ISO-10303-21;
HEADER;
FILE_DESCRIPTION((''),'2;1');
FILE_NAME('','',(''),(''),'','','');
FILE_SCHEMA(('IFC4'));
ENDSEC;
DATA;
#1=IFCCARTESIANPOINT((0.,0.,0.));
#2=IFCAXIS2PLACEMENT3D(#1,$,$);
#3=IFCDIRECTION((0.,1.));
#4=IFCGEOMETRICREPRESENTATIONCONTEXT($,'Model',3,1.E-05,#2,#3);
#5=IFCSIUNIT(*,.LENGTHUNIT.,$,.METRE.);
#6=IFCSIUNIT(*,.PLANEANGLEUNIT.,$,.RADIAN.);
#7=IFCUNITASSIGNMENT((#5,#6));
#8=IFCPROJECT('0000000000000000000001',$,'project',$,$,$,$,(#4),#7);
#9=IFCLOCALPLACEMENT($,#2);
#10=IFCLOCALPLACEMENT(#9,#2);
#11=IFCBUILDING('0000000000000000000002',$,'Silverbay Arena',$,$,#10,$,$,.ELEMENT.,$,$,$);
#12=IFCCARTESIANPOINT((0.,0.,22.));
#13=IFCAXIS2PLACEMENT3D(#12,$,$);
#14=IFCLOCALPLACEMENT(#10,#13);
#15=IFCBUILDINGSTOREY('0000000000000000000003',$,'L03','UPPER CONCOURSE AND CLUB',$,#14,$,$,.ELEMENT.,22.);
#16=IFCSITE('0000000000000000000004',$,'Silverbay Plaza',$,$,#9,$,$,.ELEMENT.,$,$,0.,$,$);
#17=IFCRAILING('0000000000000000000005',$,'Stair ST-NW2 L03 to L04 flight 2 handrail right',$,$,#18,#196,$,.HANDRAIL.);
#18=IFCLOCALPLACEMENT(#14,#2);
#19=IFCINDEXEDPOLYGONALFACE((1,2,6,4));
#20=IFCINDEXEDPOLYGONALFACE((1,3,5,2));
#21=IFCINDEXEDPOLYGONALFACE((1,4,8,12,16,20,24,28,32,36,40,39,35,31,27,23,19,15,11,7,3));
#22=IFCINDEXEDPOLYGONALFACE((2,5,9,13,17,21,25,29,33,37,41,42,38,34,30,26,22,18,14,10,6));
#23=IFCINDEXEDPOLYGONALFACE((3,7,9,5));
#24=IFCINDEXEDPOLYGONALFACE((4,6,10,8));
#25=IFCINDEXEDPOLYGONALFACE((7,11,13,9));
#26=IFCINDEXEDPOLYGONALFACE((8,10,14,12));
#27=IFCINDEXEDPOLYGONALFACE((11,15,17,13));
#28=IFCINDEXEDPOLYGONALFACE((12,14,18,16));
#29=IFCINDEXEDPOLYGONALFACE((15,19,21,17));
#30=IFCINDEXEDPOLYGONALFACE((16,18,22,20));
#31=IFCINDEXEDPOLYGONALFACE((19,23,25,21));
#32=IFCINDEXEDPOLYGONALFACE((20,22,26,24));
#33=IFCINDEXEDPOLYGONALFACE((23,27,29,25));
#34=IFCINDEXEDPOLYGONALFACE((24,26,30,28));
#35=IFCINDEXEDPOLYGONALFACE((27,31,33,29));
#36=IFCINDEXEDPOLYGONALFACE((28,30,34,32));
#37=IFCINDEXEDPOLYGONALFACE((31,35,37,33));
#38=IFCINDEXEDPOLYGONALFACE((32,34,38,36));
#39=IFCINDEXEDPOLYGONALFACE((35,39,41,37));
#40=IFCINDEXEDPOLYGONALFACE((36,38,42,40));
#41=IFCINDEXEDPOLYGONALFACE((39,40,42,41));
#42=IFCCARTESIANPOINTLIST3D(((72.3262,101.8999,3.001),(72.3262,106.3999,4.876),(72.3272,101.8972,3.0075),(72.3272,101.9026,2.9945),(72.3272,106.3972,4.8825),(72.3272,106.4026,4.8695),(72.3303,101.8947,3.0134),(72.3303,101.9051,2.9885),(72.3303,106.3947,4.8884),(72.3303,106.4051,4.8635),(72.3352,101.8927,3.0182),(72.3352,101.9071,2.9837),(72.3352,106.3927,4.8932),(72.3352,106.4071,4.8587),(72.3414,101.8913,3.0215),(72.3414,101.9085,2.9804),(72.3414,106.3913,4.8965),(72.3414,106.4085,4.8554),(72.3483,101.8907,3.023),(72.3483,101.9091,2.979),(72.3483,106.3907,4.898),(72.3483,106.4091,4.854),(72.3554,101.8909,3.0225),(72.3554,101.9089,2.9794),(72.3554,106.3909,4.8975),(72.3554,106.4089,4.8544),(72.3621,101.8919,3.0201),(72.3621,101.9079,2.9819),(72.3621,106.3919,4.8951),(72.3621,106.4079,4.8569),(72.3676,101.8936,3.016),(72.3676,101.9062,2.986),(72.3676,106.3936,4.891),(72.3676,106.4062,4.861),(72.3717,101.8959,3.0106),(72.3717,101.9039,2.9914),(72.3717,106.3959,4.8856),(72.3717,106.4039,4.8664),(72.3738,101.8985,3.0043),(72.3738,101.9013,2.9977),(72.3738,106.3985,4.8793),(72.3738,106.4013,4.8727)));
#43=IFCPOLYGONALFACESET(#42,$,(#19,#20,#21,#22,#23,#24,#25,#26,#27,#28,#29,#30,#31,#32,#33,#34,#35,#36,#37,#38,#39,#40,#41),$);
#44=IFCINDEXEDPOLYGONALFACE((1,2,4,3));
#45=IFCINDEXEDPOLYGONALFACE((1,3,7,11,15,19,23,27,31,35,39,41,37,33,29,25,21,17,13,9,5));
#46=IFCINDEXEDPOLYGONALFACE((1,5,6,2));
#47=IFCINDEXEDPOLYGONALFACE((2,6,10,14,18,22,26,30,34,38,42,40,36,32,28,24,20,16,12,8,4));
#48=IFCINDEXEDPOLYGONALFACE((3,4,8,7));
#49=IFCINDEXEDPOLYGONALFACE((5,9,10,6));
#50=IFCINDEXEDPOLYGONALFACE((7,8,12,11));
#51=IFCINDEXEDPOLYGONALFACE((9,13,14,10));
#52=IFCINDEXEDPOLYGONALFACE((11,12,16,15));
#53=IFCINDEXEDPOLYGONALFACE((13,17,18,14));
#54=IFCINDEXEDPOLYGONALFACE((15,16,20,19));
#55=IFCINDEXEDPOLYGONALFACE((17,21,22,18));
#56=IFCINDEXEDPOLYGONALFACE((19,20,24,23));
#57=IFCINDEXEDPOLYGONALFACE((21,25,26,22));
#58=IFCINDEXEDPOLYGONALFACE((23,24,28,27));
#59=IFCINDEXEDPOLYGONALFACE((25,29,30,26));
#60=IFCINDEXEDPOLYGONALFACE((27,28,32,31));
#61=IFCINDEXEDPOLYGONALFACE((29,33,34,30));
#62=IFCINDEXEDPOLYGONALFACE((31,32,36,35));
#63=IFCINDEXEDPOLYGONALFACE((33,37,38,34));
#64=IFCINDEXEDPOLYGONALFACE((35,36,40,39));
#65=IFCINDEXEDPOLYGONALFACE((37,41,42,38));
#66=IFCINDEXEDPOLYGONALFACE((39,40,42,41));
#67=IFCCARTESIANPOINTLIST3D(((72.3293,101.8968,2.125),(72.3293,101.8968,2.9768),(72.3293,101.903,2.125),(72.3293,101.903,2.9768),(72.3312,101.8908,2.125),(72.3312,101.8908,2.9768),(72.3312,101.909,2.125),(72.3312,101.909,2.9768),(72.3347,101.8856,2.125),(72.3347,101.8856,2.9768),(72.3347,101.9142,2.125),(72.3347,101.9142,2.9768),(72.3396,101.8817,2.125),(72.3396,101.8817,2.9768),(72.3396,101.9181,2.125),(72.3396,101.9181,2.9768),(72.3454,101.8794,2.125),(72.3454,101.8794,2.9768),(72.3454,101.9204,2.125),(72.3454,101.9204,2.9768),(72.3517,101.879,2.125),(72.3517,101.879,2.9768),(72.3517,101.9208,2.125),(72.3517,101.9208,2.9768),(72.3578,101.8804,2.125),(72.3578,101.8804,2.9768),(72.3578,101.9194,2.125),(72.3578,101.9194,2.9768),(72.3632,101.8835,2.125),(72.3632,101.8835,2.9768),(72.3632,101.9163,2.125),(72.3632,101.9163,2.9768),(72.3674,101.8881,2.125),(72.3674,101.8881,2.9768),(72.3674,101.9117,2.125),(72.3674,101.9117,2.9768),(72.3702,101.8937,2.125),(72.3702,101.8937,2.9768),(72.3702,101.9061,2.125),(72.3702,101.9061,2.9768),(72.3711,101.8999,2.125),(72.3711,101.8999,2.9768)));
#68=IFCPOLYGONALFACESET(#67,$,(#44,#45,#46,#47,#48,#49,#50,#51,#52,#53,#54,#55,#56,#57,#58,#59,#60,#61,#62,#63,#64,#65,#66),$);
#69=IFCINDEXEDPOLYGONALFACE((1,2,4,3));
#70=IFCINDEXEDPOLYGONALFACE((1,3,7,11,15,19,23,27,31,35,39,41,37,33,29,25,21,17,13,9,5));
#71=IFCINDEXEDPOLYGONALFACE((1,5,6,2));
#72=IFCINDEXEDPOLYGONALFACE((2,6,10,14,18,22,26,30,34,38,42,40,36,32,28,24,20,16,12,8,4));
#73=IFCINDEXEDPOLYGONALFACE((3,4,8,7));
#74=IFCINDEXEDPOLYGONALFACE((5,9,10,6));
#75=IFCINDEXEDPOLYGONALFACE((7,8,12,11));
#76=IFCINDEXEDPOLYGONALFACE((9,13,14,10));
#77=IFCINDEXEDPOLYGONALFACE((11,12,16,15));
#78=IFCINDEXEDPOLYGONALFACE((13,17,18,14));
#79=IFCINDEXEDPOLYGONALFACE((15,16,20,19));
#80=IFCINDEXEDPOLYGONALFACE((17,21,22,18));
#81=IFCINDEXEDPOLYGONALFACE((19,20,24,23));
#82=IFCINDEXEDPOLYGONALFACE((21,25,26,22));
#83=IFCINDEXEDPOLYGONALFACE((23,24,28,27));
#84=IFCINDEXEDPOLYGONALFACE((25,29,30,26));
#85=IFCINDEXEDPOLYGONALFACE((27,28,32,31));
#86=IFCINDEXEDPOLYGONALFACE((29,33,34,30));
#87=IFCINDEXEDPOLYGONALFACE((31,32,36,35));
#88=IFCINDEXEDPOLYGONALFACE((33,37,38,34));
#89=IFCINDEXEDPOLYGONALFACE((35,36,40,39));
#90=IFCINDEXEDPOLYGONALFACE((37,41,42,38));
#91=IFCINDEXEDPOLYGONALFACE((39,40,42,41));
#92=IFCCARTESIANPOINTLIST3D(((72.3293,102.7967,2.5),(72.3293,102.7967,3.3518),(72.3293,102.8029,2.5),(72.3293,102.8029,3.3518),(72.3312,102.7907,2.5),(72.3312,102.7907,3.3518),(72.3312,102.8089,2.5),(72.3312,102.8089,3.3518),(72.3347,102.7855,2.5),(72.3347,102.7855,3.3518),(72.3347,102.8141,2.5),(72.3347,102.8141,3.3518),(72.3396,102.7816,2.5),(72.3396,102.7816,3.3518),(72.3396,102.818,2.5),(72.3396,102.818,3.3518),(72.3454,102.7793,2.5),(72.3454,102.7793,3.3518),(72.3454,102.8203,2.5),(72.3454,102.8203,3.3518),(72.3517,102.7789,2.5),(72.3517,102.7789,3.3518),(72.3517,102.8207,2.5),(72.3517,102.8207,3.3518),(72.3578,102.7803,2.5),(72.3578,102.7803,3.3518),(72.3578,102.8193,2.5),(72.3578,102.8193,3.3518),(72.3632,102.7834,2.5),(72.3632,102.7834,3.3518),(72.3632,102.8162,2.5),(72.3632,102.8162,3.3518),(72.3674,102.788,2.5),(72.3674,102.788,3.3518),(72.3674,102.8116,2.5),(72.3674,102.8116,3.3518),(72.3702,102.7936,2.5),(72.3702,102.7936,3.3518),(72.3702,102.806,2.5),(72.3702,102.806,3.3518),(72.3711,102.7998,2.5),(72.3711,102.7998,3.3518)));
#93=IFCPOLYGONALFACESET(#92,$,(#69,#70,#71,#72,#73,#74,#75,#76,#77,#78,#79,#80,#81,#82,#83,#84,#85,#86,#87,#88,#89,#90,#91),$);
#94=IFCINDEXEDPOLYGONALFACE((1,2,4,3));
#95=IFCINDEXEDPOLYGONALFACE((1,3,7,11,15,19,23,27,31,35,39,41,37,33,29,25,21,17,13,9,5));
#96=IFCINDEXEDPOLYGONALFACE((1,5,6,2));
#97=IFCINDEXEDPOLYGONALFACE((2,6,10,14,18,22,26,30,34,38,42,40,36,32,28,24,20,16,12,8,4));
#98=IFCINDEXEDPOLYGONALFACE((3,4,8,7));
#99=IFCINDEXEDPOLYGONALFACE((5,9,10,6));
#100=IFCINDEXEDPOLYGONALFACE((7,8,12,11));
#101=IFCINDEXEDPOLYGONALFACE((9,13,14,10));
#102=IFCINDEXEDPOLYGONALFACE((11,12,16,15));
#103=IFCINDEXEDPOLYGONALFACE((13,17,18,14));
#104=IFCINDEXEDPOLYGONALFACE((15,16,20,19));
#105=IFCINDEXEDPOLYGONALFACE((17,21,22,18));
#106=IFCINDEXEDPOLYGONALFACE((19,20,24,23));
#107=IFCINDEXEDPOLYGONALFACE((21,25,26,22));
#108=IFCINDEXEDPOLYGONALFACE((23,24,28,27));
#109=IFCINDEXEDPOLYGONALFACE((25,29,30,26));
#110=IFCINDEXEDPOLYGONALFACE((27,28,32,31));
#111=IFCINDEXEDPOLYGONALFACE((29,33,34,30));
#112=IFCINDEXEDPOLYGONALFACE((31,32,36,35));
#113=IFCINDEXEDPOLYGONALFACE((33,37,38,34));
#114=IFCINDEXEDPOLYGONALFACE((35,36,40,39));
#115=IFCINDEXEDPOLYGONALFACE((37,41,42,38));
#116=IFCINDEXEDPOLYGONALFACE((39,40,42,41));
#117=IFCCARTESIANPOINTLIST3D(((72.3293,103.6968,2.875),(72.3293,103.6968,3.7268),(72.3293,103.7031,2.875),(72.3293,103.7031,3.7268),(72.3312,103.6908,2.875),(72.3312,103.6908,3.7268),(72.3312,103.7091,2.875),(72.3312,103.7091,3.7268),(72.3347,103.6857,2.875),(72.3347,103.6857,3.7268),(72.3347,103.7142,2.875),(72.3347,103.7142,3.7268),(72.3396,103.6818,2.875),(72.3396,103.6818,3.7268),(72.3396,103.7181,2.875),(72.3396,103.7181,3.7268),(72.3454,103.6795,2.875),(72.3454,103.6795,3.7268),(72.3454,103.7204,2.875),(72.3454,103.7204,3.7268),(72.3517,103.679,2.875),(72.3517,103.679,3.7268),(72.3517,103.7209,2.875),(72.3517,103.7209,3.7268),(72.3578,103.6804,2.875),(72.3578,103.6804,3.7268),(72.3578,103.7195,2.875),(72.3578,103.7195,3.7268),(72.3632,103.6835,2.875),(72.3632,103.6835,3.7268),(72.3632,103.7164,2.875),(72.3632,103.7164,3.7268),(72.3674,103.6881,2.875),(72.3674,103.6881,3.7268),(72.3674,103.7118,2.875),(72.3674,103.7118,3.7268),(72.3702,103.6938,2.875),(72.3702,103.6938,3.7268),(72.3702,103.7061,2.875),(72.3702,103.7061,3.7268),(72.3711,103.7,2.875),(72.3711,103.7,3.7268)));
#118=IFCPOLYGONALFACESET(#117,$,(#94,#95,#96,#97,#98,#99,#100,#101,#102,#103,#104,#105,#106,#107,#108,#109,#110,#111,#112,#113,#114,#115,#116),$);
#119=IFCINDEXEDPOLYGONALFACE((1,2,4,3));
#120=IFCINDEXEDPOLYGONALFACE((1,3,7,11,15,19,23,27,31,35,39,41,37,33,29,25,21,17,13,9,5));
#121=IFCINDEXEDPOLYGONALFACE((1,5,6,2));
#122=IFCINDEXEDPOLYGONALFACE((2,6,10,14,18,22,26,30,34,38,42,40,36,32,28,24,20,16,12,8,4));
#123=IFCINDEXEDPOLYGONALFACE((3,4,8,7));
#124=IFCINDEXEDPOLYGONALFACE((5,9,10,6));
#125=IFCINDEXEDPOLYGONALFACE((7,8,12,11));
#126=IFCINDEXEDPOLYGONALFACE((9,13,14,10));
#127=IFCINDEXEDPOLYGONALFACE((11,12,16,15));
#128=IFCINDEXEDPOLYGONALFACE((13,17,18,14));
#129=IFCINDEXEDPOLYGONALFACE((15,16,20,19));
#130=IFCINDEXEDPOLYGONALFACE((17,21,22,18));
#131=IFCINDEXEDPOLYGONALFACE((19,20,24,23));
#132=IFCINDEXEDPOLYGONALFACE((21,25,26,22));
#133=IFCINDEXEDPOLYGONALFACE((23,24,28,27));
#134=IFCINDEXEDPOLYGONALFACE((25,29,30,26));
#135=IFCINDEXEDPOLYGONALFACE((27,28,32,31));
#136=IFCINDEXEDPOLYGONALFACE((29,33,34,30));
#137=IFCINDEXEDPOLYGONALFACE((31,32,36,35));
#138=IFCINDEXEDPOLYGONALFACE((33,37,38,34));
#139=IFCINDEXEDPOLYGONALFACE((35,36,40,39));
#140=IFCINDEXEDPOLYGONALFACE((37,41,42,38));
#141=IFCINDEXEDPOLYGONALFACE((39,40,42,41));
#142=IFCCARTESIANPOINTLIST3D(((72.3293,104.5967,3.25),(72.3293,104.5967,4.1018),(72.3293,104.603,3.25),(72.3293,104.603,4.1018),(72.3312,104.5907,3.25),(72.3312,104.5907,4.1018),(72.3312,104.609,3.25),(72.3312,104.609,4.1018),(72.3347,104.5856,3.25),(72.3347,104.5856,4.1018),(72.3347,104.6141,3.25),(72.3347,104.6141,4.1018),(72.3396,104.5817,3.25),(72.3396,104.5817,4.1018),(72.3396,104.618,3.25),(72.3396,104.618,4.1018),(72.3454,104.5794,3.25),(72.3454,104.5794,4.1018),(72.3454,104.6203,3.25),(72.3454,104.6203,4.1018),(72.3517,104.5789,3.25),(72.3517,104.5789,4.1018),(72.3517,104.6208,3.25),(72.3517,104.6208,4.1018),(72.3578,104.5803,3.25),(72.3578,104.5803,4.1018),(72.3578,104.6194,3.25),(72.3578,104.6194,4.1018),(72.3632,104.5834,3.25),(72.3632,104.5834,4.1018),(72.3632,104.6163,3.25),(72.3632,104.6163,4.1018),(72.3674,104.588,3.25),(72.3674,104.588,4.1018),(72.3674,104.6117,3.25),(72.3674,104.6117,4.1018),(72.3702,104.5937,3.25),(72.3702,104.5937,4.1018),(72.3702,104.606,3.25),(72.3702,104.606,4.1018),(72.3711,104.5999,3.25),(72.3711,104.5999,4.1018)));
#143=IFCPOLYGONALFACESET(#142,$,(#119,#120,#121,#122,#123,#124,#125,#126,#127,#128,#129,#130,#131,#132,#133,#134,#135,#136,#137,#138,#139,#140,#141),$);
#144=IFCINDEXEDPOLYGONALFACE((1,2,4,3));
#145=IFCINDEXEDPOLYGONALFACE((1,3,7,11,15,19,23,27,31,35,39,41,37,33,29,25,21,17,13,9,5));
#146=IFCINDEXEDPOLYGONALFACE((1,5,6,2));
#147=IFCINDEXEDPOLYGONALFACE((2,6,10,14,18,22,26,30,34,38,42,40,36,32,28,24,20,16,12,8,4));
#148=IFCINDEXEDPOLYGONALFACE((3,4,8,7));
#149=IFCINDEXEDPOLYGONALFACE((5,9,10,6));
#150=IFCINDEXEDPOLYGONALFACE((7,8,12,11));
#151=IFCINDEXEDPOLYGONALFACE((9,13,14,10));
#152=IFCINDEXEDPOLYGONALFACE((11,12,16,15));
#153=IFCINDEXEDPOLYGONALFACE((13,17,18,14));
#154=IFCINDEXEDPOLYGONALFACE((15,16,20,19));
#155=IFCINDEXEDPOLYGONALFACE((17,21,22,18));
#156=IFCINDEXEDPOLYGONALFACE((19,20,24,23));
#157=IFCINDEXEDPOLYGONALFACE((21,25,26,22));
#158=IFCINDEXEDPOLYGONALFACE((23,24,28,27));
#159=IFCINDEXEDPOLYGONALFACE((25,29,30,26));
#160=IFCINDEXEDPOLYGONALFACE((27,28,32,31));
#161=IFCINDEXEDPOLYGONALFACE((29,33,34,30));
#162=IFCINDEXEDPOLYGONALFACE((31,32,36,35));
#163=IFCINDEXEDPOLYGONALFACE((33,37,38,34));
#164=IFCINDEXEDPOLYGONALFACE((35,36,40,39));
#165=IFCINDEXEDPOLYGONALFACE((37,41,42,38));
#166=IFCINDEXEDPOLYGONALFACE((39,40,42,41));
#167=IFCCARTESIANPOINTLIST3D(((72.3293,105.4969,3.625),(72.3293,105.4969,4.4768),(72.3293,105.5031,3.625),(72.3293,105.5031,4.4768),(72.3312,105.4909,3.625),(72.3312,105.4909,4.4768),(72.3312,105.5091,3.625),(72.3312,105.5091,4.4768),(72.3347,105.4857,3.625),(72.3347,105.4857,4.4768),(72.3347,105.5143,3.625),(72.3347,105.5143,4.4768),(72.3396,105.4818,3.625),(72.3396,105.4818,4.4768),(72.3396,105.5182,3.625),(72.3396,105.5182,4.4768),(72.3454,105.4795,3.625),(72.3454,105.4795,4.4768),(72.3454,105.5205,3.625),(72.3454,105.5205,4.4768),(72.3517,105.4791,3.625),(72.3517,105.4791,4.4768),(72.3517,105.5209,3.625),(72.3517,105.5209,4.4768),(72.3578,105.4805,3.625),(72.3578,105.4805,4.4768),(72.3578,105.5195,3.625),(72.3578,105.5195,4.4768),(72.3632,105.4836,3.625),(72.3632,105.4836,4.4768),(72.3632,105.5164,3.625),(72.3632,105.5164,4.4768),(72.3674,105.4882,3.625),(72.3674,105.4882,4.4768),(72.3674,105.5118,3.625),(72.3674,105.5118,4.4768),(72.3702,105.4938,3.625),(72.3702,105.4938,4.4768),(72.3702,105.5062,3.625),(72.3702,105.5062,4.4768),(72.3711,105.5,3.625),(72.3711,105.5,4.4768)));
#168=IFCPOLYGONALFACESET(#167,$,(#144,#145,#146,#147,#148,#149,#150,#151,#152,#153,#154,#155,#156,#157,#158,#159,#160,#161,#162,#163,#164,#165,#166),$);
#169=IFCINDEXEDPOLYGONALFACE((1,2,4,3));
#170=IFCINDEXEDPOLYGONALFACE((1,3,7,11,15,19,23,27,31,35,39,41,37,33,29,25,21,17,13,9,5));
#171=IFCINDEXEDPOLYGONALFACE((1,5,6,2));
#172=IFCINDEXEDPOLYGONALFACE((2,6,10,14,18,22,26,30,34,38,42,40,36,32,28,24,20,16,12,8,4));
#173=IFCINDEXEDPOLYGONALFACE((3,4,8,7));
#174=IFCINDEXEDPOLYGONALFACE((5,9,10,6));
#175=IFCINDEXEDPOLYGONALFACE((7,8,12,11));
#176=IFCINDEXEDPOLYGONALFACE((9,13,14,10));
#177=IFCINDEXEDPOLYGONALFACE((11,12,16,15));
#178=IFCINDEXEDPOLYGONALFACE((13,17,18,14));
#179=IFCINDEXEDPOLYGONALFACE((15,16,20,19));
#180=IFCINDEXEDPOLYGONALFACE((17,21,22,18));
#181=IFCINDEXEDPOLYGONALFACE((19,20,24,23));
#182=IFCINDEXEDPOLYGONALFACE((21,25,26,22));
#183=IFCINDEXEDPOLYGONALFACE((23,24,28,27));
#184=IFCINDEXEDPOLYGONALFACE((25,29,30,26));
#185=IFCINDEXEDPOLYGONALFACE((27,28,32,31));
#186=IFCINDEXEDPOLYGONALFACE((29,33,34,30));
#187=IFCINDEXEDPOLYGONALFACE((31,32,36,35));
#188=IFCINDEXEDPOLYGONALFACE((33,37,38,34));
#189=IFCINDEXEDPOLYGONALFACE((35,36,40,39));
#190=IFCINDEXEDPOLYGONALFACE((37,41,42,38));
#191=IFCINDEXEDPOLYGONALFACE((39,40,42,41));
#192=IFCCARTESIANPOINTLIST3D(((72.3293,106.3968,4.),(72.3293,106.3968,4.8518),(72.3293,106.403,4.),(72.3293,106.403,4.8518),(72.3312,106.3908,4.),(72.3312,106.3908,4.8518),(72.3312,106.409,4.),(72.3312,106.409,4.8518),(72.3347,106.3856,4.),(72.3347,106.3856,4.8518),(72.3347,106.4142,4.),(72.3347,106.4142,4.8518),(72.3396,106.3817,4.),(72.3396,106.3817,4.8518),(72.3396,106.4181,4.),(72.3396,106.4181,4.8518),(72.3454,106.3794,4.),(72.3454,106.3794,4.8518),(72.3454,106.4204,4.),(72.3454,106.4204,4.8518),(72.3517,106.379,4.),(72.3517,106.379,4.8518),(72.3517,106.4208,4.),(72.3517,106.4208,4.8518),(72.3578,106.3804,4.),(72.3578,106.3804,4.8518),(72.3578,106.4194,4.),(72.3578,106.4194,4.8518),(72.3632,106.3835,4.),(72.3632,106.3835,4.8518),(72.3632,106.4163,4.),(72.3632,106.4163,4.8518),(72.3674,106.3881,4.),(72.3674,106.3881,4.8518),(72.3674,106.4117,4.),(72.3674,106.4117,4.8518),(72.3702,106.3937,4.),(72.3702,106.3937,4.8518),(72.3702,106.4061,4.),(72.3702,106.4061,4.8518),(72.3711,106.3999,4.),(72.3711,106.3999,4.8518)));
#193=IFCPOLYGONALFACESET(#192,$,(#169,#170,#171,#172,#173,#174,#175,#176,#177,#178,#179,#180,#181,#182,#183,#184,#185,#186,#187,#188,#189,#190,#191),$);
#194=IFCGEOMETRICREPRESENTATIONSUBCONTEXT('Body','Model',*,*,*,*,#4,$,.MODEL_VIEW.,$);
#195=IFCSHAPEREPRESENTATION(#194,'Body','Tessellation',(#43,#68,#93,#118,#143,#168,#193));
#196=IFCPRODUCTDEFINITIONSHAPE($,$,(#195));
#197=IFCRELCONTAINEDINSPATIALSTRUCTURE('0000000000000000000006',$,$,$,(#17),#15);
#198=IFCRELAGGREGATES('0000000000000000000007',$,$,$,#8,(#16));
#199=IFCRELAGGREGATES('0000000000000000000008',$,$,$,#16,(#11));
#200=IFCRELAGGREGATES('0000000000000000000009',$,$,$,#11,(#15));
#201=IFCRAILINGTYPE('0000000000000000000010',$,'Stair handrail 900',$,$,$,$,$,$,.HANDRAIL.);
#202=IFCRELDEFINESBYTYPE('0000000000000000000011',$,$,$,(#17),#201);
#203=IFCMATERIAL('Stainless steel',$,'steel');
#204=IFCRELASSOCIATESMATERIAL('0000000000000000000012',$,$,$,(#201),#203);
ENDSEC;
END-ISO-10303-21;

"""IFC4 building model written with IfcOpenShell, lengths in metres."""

from ifc_helpers import new_model, si_unit, direction, frame, origin, origin_2d, place, context, subcontext, project, spatial, circle, extrude, material, type_object, element, save


model = new_model("IFC4")

# Units and contexts
model_context = context("Model", 3, precision=1e-05, world=origin(), true_north=direction((0.0, 1.0)))
body_context = subcontext(model_context, "Body", "Model", "MODEL_VIEW")
ifc_project = project(units=[si_unit("LENGTHUNIT", "METRE"), si_unit("PLANEANGLEUNIT", "RADIAN")], contexts=[model_context])

# Site, building, storey
site_placement = place(None, origin())
site = spatial("IfcSite", under=ifc_project, at=site_placement, Name="Silverbay Plaza", CompositionType="ELEMENT", RefElevation=0.0)
building_placement = place(site_placement, origin())
building = spatial("IfcBuilding", under=site, at=building_placement, Name="Silverbay Arena", CompositionType="ELEMENT")
storey_placement = place(building_placement, frame((0.0, 0.0, 22.0)))
storey = spatial("IfcBuildingStorey", under=building, at=storey_placement, Name="L03", Description="UPPER CONCOURSE AND CLUB", CompositionType="ELEMENT", Elevation=22.0)

# Railing
ifc_material_1 = material(Name="Stainless steel", Category="steel")
railing_type_1 = type_object("IfcRailingType", Name="Stair handrail 900", PredefinedType="HANDRAIL", material=ifc_material_1)
for number, where, name in (
    (1, (72.3501, 101.8999, 2.125), "Stair ST-NW2 L03 to L04 flight 2 handrail right"),
):
    element("IfcRailing", number, at=place(storey_placement, frame(where)), inside=storey, type_object=railing_type_1, Name=name, PredefinedType="HANDRAIL", context=body_context, shape_type="SweptSolid", body=[
        extrude(circle(Radius=0.0239, at=origin_2d()), frame((0.0, 0.0, 0.876), z_axis=(0.0, 0.923077, 0.384615), x_axis=(-1.0, 0.0, 0.0)), (0.0, 0.0, 1.0), 4.875),
        extrude(circle(Radius=0.021, at=origin_2d()), origin(), (0.0, 0.0, 1.0), 0.8518),
        extrude(circle(Radius=0.021, at=origin_2d()), frame((0.0, 0.8999, 0.375)), (0.0, 0.0, 1.0), 0.8518),
        extrude(circle(Radius=0.021, at=origin_2d()), frame((0.0, 1.8, 0.75)), (0.0, 0.0, 1.0), 0.8518),
        extrude(circle(Radius=0.021, at=origin_2d()), frame((0.0, 2.7, 1.125)), (0.0, 0.0, 1.0), 0.8518),
        extrude(circle(Radius=0.021, at=origin_2d()), frame((0.0, 3.6001, 1.5)), (0.0, 0.0, 1.0), 0.8518),
        extrude(circle(Radius=0.021, at=origin_2d()), frame((0.0, 4.5, 1.875)), (0.0, 0.0, 1.0), 0.8518),
    ])

save(model, "model.ifc")
